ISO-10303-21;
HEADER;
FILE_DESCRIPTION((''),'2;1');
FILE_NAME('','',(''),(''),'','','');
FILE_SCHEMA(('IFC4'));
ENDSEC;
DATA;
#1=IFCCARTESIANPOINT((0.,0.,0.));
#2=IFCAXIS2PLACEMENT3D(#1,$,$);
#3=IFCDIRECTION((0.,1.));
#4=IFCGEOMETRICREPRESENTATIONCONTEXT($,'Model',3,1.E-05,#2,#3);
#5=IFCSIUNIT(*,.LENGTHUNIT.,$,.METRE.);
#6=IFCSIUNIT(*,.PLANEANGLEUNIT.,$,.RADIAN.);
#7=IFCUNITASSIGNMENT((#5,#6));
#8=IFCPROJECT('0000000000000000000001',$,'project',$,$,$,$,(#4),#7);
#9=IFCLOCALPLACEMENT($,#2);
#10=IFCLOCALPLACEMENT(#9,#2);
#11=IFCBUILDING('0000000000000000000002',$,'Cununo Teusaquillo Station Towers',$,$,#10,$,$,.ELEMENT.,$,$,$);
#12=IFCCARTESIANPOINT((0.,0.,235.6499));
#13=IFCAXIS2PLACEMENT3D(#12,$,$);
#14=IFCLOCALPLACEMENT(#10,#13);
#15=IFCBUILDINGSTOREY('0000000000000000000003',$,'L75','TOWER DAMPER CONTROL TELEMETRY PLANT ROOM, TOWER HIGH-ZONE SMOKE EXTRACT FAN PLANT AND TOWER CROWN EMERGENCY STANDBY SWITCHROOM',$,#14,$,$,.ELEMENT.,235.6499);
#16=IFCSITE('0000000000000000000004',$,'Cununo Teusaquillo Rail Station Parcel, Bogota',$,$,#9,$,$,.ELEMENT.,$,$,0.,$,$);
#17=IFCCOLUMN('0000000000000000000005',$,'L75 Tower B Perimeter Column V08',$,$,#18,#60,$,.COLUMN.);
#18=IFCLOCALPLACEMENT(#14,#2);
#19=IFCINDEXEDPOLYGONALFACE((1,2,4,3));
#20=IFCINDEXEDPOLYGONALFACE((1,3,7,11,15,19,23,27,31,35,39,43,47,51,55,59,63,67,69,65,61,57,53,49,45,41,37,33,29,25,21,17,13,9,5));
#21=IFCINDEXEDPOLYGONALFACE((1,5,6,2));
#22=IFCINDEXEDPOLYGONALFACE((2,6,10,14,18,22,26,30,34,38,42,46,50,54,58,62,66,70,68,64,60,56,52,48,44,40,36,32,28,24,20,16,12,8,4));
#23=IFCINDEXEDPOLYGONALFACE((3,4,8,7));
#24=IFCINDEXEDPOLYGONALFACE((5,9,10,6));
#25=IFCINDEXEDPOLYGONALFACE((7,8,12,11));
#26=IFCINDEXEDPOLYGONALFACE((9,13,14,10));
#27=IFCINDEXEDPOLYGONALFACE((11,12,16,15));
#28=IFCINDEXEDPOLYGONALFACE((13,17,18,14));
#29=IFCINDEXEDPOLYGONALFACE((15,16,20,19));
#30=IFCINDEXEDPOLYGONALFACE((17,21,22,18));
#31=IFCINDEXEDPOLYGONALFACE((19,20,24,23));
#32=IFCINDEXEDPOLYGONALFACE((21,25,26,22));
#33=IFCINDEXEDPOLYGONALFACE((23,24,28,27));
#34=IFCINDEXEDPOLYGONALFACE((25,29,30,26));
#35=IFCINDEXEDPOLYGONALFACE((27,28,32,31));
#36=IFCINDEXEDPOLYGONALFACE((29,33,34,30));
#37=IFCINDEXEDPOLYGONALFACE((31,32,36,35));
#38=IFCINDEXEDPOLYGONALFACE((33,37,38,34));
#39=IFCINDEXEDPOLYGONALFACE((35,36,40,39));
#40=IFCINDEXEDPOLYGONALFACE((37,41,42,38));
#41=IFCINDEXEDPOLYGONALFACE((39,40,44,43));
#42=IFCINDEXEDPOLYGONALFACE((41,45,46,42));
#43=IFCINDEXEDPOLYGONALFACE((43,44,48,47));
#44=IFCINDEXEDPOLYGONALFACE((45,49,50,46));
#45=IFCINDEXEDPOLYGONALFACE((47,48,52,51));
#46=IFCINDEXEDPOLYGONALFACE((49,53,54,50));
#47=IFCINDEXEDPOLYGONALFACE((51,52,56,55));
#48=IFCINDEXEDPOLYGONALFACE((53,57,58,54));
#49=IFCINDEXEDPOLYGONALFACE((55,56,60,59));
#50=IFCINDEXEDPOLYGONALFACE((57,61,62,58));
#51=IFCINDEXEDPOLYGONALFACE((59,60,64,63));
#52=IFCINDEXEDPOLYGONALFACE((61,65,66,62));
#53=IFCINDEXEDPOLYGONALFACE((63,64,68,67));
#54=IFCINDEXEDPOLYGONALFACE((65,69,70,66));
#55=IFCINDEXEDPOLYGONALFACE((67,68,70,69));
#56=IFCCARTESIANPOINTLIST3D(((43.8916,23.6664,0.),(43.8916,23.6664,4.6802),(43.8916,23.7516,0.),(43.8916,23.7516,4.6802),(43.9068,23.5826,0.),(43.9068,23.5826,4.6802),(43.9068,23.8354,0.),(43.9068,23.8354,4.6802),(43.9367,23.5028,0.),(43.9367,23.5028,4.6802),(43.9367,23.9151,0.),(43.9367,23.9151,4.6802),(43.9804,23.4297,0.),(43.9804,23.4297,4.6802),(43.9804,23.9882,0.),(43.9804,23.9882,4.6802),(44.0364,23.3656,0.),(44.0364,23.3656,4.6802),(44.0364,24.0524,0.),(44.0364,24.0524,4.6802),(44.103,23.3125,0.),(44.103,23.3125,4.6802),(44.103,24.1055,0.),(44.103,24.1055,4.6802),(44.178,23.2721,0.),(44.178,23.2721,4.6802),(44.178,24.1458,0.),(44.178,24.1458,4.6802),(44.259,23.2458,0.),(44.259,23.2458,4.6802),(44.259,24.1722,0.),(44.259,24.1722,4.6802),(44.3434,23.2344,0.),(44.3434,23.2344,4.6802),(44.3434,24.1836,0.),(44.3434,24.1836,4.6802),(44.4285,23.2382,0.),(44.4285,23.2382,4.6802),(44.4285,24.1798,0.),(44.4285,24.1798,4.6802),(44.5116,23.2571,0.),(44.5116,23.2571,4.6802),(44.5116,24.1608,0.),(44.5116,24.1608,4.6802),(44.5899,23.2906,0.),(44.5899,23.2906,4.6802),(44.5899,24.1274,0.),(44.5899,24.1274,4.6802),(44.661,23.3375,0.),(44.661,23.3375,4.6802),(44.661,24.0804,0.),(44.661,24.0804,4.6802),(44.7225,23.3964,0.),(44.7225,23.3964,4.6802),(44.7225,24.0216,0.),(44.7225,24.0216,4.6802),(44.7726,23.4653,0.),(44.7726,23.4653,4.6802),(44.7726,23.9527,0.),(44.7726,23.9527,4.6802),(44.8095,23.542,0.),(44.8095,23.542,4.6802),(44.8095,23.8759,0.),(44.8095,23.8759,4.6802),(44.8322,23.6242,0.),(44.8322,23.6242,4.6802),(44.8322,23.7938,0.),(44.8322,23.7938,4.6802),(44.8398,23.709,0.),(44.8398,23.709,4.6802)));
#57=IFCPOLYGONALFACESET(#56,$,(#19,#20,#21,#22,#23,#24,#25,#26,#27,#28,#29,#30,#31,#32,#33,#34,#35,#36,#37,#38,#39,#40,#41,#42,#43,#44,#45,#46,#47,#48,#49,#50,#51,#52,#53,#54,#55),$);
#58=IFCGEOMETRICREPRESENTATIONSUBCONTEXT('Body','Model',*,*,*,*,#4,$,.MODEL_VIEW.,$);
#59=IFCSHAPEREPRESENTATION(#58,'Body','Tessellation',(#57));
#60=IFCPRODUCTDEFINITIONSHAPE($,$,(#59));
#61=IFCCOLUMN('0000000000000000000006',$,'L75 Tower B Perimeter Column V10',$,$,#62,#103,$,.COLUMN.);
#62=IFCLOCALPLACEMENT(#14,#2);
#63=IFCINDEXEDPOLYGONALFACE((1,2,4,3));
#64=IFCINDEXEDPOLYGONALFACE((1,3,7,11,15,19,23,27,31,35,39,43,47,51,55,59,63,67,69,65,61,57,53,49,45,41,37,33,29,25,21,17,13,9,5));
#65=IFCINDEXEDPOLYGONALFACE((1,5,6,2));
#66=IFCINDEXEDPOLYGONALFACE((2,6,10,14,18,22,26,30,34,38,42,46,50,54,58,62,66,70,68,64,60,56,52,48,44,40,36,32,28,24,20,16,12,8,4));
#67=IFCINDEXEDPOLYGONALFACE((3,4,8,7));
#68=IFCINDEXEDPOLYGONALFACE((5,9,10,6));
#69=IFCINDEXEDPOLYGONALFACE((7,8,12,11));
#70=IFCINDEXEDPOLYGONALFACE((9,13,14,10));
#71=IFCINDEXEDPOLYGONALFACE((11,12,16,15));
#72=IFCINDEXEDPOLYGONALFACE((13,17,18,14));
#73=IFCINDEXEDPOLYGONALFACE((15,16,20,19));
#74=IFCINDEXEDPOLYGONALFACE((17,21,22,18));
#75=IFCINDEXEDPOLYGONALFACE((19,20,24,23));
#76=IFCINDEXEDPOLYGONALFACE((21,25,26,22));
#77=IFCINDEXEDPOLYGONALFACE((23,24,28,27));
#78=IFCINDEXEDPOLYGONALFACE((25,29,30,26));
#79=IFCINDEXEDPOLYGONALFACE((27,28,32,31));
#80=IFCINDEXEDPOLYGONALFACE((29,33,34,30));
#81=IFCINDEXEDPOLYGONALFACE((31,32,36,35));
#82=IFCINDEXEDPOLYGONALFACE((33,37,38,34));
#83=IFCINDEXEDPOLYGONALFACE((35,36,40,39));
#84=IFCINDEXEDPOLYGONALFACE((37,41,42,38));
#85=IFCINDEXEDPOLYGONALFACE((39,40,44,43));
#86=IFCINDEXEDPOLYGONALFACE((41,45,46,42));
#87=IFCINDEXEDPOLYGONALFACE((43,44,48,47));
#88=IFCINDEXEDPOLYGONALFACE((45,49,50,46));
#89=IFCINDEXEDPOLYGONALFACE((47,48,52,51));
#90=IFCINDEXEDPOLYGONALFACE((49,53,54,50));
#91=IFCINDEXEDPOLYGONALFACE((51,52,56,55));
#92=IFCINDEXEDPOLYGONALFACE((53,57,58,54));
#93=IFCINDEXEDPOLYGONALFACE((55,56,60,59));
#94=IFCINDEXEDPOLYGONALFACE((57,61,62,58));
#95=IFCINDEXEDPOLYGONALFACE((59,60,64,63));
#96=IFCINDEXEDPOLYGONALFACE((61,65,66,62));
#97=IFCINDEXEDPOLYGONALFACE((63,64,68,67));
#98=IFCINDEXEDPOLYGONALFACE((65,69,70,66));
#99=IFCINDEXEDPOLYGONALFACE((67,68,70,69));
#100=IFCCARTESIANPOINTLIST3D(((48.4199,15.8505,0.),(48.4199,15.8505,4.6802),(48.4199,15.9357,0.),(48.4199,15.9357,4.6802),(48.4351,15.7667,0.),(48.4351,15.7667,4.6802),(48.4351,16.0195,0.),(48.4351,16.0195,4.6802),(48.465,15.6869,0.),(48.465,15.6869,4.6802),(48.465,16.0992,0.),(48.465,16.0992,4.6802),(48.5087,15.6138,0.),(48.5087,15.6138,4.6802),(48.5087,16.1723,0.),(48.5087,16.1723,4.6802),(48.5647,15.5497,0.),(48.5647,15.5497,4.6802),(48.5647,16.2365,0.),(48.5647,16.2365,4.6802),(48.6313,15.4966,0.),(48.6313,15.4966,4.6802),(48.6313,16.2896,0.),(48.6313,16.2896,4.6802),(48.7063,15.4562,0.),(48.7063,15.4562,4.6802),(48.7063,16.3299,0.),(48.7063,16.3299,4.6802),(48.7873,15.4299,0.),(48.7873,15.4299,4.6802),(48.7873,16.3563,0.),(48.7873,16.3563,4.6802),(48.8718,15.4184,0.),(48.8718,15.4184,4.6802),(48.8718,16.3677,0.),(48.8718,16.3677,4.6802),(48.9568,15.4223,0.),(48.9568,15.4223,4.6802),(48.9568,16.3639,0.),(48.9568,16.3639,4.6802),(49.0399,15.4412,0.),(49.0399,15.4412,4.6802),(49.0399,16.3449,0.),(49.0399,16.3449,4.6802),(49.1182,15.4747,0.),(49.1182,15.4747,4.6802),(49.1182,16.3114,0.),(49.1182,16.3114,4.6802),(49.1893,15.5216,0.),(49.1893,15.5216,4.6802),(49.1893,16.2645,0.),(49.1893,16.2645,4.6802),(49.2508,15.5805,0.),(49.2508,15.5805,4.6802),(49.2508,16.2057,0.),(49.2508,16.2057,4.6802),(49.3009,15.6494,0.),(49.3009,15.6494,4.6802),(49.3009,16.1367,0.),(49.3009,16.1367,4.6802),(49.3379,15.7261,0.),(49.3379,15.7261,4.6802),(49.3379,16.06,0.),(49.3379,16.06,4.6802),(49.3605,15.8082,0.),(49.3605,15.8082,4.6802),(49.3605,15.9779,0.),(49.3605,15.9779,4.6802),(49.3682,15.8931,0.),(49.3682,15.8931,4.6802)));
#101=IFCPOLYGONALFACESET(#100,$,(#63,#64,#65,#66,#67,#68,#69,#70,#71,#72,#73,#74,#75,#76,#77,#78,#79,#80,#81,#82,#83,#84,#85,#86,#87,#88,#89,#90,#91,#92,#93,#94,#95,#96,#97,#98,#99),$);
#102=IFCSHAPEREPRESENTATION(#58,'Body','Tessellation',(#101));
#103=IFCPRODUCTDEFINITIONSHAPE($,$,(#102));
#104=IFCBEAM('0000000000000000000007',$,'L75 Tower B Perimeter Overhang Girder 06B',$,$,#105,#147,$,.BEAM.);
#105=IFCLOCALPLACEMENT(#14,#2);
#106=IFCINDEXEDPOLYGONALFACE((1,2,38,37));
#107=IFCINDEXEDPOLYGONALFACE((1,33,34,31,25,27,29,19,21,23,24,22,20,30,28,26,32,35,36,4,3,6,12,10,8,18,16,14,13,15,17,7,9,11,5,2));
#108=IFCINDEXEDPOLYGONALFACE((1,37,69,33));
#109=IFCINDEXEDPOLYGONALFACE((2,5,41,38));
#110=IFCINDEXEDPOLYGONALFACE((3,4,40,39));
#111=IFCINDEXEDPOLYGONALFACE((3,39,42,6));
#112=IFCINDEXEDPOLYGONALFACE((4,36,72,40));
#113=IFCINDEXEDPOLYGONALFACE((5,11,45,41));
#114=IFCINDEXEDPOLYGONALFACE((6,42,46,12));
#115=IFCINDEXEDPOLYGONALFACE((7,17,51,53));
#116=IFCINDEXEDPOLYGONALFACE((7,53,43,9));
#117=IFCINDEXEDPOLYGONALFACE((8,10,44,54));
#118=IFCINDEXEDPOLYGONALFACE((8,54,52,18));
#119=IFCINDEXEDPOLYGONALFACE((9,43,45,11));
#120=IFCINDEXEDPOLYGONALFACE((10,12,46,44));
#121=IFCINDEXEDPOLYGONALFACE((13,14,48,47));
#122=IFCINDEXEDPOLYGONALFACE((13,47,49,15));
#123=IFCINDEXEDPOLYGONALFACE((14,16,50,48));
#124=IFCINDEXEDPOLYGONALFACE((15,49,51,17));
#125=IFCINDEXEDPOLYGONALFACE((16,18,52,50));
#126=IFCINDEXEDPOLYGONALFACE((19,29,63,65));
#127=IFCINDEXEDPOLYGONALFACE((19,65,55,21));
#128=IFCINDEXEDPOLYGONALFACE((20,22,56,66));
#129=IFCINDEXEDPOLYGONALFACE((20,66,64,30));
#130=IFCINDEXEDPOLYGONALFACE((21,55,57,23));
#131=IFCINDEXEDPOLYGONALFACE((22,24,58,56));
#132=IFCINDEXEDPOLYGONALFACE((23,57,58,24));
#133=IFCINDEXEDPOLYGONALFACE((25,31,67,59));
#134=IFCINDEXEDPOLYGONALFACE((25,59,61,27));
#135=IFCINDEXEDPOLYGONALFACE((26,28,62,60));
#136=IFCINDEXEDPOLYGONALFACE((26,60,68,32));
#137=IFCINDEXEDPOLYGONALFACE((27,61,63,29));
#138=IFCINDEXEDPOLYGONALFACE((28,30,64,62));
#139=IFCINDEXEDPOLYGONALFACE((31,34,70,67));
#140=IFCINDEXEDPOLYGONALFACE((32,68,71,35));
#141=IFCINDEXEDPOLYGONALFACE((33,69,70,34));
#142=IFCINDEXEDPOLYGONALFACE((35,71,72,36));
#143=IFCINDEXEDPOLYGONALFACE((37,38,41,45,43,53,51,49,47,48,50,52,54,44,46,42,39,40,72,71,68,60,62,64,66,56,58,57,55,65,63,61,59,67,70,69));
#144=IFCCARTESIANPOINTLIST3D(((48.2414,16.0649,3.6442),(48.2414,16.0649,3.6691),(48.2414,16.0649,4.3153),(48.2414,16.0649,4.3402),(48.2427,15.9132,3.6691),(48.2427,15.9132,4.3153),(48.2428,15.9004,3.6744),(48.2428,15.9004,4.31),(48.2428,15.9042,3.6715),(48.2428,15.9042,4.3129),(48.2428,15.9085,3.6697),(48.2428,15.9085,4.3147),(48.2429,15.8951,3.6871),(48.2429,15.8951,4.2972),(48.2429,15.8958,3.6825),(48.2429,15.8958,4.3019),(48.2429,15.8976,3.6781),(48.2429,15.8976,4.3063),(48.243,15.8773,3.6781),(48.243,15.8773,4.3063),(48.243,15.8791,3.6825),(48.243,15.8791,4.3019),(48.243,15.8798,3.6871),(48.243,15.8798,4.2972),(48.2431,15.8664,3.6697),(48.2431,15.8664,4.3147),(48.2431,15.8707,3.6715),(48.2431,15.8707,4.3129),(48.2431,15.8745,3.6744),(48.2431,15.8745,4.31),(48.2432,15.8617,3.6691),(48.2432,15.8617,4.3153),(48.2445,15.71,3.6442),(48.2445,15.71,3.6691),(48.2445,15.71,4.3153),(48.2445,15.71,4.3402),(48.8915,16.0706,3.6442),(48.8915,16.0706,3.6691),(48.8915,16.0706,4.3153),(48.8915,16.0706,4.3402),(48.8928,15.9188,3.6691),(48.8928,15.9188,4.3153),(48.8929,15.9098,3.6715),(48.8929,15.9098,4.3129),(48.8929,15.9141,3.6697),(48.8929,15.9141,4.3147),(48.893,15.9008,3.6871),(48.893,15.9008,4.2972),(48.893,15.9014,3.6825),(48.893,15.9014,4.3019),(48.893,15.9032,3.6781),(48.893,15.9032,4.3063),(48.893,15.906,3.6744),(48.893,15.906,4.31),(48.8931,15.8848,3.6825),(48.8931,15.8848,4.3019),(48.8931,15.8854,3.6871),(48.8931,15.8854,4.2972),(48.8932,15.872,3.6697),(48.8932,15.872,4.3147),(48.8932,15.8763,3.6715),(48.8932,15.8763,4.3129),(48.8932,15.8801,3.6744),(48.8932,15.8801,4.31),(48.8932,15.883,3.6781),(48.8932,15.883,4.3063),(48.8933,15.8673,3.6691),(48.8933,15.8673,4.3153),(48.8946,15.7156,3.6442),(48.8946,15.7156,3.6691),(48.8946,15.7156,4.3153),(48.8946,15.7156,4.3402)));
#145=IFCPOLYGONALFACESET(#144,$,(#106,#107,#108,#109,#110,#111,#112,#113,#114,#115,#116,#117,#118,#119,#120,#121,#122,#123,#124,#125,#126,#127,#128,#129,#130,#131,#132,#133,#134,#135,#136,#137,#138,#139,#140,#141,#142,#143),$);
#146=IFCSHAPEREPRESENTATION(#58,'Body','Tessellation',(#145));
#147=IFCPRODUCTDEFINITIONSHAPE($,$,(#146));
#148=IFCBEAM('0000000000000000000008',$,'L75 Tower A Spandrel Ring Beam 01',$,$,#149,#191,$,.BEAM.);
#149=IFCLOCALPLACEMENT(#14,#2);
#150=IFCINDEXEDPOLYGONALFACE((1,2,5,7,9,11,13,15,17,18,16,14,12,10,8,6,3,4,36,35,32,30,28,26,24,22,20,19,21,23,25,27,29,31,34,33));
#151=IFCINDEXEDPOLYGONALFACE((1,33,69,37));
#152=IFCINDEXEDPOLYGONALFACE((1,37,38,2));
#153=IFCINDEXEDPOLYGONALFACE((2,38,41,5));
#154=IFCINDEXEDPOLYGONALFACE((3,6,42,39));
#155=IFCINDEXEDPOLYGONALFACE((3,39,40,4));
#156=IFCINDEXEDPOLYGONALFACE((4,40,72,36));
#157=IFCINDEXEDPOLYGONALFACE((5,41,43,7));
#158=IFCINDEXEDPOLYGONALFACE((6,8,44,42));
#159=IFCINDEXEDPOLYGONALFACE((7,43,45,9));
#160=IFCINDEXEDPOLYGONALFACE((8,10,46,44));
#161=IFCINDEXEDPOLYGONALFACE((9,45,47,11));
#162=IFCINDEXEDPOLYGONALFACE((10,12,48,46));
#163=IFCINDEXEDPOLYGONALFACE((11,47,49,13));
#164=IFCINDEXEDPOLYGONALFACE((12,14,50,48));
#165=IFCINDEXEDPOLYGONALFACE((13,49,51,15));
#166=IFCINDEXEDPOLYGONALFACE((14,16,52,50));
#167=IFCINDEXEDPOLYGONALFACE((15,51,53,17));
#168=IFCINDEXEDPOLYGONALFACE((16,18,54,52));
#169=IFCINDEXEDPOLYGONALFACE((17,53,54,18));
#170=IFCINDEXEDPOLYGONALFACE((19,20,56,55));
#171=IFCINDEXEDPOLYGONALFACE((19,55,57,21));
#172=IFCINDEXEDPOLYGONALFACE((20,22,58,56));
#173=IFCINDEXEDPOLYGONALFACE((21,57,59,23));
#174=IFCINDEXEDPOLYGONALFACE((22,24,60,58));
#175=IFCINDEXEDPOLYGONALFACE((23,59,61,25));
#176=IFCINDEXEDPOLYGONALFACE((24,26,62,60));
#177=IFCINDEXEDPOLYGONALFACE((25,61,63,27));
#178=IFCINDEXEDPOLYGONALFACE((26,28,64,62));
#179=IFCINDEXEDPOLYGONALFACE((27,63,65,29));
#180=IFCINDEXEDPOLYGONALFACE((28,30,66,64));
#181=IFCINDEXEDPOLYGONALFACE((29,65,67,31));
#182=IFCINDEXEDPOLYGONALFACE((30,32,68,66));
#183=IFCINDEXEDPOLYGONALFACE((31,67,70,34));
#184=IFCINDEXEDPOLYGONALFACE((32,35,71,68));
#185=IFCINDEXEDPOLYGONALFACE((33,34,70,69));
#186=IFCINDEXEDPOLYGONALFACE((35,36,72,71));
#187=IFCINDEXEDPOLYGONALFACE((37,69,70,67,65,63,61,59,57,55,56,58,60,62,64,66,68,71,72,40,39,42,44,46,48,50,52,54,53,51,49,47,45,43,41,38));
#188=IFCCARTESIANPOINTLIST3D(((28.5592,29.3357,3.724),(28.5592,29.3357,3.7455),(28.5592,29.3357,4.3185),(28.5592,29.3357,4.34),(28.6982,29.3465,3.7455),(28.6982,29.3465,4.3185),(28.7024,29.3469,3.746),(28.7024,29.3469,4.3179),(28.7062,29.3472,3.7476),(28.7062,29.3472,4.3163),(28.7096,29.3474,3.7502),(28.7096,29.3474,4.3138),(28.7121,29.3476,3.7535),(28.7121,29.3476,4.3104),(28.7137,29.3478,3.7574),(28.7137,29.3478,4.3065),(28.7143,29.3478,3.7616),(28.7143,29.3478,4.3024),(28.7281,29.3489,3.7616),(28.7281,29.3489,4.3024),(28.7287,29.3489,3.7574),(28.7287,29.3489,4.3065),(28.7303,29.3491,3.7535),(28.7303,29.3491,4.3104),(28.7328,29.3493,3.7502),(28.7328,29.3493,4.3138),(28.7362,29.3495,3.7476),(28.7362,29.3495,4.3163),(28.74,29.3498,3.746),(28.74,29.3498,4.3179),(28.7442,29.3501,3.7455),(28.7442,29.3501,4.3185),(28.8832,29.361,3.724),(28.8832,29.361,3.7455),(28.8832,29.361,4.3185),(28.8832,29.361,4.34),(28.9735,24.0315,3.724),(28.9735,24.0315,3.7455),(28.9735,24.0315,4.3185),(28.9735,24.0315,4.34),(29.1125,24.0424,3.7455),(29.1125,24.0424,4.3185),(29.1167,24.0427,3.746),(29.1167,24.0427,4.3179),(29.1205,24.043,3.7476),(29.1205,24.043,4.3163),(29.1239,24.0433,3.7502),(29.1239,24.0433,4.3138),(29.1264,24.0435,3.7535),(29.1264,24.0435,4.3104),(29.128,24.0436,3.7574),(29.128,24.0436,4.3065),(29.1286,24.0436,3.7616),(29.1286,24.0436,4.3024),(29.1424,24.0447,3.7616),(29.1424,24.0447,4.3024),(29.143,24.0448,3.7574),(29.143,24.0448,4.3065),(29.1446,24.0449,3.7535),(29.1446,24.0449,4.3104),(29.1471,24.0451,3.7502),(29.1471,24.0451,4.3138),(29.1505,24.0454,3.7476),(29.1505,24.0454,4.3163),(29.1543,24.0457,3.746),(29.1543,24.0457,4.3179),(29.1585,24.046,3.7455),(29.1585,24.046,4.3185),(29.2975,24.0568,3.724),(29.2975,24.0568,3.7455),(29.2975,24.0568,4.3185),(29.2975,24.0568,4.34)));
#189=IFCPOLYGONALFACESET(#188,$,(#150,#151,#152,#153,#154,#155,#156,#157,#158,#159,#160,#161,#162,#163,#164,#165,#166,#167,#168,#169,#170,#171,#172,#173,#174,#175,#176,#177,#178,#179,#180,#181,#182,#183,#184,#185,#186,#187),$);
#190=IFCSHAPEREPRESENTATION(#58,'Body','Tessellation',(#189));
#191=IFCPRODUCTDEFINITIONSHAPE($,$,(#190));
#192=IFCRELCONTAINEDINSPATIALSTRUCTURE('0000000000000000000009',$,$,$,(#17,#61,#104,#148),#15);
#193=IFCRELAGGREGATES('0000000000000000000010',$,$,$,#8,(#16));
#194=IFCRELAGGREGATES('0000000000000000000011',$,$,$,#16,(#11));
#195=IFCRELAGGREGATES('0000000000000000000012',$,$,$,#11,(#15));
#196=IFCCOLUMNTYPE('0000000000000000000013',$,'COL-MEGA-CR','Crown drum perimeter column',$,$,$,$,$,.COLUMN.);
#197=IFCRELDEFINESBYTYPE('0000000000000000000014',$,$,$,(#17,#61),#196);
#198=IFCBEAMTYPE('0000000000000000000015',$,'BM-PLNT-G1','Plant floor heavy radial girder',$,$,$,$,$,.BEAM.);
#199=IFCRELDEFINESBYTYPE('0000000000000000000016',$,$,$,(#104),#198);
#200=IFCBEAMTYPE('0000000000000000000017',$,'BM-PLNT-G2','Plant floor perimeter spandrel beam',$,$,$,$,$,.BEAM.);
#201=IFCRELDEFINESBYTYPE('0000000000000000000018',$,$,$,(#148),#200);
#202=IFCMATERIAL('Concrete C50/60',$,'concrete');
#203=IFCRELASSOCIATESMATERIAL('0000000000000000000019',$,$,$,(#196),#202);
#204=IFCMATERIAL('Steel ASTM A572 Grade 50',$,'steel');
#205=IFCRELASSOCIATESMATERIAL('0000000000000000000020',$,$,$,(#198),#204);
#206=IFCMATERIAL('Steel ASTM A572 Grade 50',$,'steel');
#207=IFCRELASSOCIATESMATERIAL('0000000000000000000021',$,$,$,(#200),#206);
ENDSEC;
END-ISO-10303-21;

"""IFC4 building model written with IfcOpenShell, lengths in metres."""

from ifc_helpers import new_model, si_unit, direction, frame, origin, origin_2d, place, context, subcontext, project, spatial, circle, i_section, extrude, material, material_profile, profile_set, type_object, element, save


model = new_model("IFC4")

# Units and contexts
model_context = context("Model", 3, precision=1e-05, world=origin(), true_north=direction((0.0, 1.0)))
body_context = subcontext(model_context, "Body", "Model", "MODEL_VIEW")
ifc_project = project(units=[si_unit("LENGTHUNIT", "METRE"), si_unit("PLANEANGLEUNIT", "RADIAN")], contexts=[model_context])

# Site, building, storey
site_placement = place(None, origin())
site = spatial("IfcSite", under=ifc_project, at=site_placement, Name="Cununo Teusaquillo Rail Station Parcel, Bogota", CompositionType="ELEMENT", RefElevation=0.0)
building_placement = place(site_placement, origin())
building = spatial("IfcBuilding", under=site, at=building_placement, Name="Cununo Teusaquillo Station Towers", CompositionType="ELEMENT")
storey_placement = place(building_placement, frame((0.0, 0.0, 235.6499)))
storey = spatial("IfcBuildingStorey", under=building, at=storey_placement, Name="L75", Description="TOWER DAMPER CONTROL TELEMETRY PLANT ROOM, TOWER HIGH-ZONE SMOKE EXTRACT FAN PLANT AND TOWER CROWN EMERGENCY STANDBY SWITCHROOM", CompositionType="ELEMENT", Elevation=235.6499)

# Columns
ifc_material_1 = material(Name="Concrete C50/60", Category="concrete")
ifc_material_profile_1 = material_profile(ifc_material_1, circle(Radius=0.4751, at=origin_2d()), Name="RC-CIRC-950")
ifc_profile_set_1 = profile_set([ifc_material_profile_1], Name="Concrete C50/60")
column_type = type_object("IfcColumnType", Name="COL-MEGA-CR", Description="Crown drum perimeter column", PredefinedType="COLUMN", material=ifc_profile_set_1)
for number, where, z_axis, x_axis, name in (
    (1, (44.3647, 23.709, 0.0), (0.0, 0.0, 1.0), (1.0, 0.0, 0.0), "L75 Tower B Perimeter Column V08"),
    (2, (48.8931, 15.8931, 0.0), (0.0, 0.0, 1.0), (1.0, 0.0, 0.0), "L75 Tower B Perimeter Column V10"),
):
    element("IfcColumn", number, at=place(storey_placement, frame(where, z_axis=z_axis, x_axis=x_axis)), inside=storey, type_object=column_type, Name=name, PredefinedType="COLUMN", context=body_context, shape_type="SweptSolid", body=[
        extrude(circle(Radius=0.4751, at=origin_2d()), origin(), (0.0, 0.0, 1.0), 4.6802),
    ])

# Beams
ifc_material_2 = material(Name="Steel ASTM A572 Grade 50", Category="steel")
ifc_material_profile_2 = material_profile(ifc_material_2, i_section(OverallWidth=0.355, OverallDepth=0.696, WebThickness=0.0154, FlangeThickness=0.0249, FilletRadius=0.0181, at=origin_2d()), Name="W27X146")
ifc_profile_set_2 = profile_set([ifc_material_profile_2], Name="Steel ASTM A572 Grade 50")
beam_type_1 = type_object("IfcBeamType", Name="BM-PLNT-G1", Description="Plant floor heavy radial girder", PredefinedType="BEAM", material=ifc_profile_set_2)
beam_1_placement = place(storey_placement, frame((48.8931, 15.8931, 3.9922), z_axis=(-0.999963, -0.008637, 0.0), x_axis=(0.008637, -0.999963, 0.0)))
element("IfcBeam", 3, at=beam_1_placement, inside=storey, type_object=beam_type_1, Name="L75 Tower B Perimeter Overhang Girder 06B", PredefinedType="BEAM", context=body_context, shape_type="SweptSolid", body=[
    extrude(i_section(OverallWidth=0.355, OverallDepth=0.696, WebThickness=0.0154, FlangeThickness=0.0249, FilletRadius=0.0181, at=origin_2d()), origin(), (0.0, 0.0, 1.0), 0.6501),
])
ifc_material_3 = material(Name="Steel ASTM A572 Grade 50", Category="steel")
ifc_material_profile_3 = material_profile(ifc_material_3, i_section(OverallWidth=0.325, OverallDepth=0.616, WebThickness=0.0139, FlangeThickness=0.0215, FilletRadius=0.0161, at=origin_2d()), Name="W24X117")
ifc_profile_set_3 = profile_set([ifc_material_profile_3], Name="Steel ASTM A572 Grade 50")
beam_type_2 = type_object("IfcBeamType", Name="BM-PLNT-G2", Description="Plant floor perimeter spandrel beam", PredefinedType="BEAM", material=ifc_profile_set_3)
beam_2_placement = place(storey_placement, frame((29.1355, 24.0442, 4.032), z_axis=(-0.077872, 0.996963, 0.0), x_axis=(-0.996963, -0.077872, 0.0)))
element("IfcBeam", 4, at=beam_2_placement, inside=storey, type_object=beam_type_2, Name="L75 Tower A Spandrel Ring Beam 01", PredefinedType="BEAM", context=body_context, shape_type="SweptSolid", body=[
    extrude(i_section(OverallWidth=0.325, OverallDepth=0.616, WebThickness=0.0139, FlangeThickness=0.0215, FilletRadius=0.0161, at=origin_2d()), origin(), (0.0, 0.0, 1.0), 5.3203),
])

save(model, "model.ifc")
